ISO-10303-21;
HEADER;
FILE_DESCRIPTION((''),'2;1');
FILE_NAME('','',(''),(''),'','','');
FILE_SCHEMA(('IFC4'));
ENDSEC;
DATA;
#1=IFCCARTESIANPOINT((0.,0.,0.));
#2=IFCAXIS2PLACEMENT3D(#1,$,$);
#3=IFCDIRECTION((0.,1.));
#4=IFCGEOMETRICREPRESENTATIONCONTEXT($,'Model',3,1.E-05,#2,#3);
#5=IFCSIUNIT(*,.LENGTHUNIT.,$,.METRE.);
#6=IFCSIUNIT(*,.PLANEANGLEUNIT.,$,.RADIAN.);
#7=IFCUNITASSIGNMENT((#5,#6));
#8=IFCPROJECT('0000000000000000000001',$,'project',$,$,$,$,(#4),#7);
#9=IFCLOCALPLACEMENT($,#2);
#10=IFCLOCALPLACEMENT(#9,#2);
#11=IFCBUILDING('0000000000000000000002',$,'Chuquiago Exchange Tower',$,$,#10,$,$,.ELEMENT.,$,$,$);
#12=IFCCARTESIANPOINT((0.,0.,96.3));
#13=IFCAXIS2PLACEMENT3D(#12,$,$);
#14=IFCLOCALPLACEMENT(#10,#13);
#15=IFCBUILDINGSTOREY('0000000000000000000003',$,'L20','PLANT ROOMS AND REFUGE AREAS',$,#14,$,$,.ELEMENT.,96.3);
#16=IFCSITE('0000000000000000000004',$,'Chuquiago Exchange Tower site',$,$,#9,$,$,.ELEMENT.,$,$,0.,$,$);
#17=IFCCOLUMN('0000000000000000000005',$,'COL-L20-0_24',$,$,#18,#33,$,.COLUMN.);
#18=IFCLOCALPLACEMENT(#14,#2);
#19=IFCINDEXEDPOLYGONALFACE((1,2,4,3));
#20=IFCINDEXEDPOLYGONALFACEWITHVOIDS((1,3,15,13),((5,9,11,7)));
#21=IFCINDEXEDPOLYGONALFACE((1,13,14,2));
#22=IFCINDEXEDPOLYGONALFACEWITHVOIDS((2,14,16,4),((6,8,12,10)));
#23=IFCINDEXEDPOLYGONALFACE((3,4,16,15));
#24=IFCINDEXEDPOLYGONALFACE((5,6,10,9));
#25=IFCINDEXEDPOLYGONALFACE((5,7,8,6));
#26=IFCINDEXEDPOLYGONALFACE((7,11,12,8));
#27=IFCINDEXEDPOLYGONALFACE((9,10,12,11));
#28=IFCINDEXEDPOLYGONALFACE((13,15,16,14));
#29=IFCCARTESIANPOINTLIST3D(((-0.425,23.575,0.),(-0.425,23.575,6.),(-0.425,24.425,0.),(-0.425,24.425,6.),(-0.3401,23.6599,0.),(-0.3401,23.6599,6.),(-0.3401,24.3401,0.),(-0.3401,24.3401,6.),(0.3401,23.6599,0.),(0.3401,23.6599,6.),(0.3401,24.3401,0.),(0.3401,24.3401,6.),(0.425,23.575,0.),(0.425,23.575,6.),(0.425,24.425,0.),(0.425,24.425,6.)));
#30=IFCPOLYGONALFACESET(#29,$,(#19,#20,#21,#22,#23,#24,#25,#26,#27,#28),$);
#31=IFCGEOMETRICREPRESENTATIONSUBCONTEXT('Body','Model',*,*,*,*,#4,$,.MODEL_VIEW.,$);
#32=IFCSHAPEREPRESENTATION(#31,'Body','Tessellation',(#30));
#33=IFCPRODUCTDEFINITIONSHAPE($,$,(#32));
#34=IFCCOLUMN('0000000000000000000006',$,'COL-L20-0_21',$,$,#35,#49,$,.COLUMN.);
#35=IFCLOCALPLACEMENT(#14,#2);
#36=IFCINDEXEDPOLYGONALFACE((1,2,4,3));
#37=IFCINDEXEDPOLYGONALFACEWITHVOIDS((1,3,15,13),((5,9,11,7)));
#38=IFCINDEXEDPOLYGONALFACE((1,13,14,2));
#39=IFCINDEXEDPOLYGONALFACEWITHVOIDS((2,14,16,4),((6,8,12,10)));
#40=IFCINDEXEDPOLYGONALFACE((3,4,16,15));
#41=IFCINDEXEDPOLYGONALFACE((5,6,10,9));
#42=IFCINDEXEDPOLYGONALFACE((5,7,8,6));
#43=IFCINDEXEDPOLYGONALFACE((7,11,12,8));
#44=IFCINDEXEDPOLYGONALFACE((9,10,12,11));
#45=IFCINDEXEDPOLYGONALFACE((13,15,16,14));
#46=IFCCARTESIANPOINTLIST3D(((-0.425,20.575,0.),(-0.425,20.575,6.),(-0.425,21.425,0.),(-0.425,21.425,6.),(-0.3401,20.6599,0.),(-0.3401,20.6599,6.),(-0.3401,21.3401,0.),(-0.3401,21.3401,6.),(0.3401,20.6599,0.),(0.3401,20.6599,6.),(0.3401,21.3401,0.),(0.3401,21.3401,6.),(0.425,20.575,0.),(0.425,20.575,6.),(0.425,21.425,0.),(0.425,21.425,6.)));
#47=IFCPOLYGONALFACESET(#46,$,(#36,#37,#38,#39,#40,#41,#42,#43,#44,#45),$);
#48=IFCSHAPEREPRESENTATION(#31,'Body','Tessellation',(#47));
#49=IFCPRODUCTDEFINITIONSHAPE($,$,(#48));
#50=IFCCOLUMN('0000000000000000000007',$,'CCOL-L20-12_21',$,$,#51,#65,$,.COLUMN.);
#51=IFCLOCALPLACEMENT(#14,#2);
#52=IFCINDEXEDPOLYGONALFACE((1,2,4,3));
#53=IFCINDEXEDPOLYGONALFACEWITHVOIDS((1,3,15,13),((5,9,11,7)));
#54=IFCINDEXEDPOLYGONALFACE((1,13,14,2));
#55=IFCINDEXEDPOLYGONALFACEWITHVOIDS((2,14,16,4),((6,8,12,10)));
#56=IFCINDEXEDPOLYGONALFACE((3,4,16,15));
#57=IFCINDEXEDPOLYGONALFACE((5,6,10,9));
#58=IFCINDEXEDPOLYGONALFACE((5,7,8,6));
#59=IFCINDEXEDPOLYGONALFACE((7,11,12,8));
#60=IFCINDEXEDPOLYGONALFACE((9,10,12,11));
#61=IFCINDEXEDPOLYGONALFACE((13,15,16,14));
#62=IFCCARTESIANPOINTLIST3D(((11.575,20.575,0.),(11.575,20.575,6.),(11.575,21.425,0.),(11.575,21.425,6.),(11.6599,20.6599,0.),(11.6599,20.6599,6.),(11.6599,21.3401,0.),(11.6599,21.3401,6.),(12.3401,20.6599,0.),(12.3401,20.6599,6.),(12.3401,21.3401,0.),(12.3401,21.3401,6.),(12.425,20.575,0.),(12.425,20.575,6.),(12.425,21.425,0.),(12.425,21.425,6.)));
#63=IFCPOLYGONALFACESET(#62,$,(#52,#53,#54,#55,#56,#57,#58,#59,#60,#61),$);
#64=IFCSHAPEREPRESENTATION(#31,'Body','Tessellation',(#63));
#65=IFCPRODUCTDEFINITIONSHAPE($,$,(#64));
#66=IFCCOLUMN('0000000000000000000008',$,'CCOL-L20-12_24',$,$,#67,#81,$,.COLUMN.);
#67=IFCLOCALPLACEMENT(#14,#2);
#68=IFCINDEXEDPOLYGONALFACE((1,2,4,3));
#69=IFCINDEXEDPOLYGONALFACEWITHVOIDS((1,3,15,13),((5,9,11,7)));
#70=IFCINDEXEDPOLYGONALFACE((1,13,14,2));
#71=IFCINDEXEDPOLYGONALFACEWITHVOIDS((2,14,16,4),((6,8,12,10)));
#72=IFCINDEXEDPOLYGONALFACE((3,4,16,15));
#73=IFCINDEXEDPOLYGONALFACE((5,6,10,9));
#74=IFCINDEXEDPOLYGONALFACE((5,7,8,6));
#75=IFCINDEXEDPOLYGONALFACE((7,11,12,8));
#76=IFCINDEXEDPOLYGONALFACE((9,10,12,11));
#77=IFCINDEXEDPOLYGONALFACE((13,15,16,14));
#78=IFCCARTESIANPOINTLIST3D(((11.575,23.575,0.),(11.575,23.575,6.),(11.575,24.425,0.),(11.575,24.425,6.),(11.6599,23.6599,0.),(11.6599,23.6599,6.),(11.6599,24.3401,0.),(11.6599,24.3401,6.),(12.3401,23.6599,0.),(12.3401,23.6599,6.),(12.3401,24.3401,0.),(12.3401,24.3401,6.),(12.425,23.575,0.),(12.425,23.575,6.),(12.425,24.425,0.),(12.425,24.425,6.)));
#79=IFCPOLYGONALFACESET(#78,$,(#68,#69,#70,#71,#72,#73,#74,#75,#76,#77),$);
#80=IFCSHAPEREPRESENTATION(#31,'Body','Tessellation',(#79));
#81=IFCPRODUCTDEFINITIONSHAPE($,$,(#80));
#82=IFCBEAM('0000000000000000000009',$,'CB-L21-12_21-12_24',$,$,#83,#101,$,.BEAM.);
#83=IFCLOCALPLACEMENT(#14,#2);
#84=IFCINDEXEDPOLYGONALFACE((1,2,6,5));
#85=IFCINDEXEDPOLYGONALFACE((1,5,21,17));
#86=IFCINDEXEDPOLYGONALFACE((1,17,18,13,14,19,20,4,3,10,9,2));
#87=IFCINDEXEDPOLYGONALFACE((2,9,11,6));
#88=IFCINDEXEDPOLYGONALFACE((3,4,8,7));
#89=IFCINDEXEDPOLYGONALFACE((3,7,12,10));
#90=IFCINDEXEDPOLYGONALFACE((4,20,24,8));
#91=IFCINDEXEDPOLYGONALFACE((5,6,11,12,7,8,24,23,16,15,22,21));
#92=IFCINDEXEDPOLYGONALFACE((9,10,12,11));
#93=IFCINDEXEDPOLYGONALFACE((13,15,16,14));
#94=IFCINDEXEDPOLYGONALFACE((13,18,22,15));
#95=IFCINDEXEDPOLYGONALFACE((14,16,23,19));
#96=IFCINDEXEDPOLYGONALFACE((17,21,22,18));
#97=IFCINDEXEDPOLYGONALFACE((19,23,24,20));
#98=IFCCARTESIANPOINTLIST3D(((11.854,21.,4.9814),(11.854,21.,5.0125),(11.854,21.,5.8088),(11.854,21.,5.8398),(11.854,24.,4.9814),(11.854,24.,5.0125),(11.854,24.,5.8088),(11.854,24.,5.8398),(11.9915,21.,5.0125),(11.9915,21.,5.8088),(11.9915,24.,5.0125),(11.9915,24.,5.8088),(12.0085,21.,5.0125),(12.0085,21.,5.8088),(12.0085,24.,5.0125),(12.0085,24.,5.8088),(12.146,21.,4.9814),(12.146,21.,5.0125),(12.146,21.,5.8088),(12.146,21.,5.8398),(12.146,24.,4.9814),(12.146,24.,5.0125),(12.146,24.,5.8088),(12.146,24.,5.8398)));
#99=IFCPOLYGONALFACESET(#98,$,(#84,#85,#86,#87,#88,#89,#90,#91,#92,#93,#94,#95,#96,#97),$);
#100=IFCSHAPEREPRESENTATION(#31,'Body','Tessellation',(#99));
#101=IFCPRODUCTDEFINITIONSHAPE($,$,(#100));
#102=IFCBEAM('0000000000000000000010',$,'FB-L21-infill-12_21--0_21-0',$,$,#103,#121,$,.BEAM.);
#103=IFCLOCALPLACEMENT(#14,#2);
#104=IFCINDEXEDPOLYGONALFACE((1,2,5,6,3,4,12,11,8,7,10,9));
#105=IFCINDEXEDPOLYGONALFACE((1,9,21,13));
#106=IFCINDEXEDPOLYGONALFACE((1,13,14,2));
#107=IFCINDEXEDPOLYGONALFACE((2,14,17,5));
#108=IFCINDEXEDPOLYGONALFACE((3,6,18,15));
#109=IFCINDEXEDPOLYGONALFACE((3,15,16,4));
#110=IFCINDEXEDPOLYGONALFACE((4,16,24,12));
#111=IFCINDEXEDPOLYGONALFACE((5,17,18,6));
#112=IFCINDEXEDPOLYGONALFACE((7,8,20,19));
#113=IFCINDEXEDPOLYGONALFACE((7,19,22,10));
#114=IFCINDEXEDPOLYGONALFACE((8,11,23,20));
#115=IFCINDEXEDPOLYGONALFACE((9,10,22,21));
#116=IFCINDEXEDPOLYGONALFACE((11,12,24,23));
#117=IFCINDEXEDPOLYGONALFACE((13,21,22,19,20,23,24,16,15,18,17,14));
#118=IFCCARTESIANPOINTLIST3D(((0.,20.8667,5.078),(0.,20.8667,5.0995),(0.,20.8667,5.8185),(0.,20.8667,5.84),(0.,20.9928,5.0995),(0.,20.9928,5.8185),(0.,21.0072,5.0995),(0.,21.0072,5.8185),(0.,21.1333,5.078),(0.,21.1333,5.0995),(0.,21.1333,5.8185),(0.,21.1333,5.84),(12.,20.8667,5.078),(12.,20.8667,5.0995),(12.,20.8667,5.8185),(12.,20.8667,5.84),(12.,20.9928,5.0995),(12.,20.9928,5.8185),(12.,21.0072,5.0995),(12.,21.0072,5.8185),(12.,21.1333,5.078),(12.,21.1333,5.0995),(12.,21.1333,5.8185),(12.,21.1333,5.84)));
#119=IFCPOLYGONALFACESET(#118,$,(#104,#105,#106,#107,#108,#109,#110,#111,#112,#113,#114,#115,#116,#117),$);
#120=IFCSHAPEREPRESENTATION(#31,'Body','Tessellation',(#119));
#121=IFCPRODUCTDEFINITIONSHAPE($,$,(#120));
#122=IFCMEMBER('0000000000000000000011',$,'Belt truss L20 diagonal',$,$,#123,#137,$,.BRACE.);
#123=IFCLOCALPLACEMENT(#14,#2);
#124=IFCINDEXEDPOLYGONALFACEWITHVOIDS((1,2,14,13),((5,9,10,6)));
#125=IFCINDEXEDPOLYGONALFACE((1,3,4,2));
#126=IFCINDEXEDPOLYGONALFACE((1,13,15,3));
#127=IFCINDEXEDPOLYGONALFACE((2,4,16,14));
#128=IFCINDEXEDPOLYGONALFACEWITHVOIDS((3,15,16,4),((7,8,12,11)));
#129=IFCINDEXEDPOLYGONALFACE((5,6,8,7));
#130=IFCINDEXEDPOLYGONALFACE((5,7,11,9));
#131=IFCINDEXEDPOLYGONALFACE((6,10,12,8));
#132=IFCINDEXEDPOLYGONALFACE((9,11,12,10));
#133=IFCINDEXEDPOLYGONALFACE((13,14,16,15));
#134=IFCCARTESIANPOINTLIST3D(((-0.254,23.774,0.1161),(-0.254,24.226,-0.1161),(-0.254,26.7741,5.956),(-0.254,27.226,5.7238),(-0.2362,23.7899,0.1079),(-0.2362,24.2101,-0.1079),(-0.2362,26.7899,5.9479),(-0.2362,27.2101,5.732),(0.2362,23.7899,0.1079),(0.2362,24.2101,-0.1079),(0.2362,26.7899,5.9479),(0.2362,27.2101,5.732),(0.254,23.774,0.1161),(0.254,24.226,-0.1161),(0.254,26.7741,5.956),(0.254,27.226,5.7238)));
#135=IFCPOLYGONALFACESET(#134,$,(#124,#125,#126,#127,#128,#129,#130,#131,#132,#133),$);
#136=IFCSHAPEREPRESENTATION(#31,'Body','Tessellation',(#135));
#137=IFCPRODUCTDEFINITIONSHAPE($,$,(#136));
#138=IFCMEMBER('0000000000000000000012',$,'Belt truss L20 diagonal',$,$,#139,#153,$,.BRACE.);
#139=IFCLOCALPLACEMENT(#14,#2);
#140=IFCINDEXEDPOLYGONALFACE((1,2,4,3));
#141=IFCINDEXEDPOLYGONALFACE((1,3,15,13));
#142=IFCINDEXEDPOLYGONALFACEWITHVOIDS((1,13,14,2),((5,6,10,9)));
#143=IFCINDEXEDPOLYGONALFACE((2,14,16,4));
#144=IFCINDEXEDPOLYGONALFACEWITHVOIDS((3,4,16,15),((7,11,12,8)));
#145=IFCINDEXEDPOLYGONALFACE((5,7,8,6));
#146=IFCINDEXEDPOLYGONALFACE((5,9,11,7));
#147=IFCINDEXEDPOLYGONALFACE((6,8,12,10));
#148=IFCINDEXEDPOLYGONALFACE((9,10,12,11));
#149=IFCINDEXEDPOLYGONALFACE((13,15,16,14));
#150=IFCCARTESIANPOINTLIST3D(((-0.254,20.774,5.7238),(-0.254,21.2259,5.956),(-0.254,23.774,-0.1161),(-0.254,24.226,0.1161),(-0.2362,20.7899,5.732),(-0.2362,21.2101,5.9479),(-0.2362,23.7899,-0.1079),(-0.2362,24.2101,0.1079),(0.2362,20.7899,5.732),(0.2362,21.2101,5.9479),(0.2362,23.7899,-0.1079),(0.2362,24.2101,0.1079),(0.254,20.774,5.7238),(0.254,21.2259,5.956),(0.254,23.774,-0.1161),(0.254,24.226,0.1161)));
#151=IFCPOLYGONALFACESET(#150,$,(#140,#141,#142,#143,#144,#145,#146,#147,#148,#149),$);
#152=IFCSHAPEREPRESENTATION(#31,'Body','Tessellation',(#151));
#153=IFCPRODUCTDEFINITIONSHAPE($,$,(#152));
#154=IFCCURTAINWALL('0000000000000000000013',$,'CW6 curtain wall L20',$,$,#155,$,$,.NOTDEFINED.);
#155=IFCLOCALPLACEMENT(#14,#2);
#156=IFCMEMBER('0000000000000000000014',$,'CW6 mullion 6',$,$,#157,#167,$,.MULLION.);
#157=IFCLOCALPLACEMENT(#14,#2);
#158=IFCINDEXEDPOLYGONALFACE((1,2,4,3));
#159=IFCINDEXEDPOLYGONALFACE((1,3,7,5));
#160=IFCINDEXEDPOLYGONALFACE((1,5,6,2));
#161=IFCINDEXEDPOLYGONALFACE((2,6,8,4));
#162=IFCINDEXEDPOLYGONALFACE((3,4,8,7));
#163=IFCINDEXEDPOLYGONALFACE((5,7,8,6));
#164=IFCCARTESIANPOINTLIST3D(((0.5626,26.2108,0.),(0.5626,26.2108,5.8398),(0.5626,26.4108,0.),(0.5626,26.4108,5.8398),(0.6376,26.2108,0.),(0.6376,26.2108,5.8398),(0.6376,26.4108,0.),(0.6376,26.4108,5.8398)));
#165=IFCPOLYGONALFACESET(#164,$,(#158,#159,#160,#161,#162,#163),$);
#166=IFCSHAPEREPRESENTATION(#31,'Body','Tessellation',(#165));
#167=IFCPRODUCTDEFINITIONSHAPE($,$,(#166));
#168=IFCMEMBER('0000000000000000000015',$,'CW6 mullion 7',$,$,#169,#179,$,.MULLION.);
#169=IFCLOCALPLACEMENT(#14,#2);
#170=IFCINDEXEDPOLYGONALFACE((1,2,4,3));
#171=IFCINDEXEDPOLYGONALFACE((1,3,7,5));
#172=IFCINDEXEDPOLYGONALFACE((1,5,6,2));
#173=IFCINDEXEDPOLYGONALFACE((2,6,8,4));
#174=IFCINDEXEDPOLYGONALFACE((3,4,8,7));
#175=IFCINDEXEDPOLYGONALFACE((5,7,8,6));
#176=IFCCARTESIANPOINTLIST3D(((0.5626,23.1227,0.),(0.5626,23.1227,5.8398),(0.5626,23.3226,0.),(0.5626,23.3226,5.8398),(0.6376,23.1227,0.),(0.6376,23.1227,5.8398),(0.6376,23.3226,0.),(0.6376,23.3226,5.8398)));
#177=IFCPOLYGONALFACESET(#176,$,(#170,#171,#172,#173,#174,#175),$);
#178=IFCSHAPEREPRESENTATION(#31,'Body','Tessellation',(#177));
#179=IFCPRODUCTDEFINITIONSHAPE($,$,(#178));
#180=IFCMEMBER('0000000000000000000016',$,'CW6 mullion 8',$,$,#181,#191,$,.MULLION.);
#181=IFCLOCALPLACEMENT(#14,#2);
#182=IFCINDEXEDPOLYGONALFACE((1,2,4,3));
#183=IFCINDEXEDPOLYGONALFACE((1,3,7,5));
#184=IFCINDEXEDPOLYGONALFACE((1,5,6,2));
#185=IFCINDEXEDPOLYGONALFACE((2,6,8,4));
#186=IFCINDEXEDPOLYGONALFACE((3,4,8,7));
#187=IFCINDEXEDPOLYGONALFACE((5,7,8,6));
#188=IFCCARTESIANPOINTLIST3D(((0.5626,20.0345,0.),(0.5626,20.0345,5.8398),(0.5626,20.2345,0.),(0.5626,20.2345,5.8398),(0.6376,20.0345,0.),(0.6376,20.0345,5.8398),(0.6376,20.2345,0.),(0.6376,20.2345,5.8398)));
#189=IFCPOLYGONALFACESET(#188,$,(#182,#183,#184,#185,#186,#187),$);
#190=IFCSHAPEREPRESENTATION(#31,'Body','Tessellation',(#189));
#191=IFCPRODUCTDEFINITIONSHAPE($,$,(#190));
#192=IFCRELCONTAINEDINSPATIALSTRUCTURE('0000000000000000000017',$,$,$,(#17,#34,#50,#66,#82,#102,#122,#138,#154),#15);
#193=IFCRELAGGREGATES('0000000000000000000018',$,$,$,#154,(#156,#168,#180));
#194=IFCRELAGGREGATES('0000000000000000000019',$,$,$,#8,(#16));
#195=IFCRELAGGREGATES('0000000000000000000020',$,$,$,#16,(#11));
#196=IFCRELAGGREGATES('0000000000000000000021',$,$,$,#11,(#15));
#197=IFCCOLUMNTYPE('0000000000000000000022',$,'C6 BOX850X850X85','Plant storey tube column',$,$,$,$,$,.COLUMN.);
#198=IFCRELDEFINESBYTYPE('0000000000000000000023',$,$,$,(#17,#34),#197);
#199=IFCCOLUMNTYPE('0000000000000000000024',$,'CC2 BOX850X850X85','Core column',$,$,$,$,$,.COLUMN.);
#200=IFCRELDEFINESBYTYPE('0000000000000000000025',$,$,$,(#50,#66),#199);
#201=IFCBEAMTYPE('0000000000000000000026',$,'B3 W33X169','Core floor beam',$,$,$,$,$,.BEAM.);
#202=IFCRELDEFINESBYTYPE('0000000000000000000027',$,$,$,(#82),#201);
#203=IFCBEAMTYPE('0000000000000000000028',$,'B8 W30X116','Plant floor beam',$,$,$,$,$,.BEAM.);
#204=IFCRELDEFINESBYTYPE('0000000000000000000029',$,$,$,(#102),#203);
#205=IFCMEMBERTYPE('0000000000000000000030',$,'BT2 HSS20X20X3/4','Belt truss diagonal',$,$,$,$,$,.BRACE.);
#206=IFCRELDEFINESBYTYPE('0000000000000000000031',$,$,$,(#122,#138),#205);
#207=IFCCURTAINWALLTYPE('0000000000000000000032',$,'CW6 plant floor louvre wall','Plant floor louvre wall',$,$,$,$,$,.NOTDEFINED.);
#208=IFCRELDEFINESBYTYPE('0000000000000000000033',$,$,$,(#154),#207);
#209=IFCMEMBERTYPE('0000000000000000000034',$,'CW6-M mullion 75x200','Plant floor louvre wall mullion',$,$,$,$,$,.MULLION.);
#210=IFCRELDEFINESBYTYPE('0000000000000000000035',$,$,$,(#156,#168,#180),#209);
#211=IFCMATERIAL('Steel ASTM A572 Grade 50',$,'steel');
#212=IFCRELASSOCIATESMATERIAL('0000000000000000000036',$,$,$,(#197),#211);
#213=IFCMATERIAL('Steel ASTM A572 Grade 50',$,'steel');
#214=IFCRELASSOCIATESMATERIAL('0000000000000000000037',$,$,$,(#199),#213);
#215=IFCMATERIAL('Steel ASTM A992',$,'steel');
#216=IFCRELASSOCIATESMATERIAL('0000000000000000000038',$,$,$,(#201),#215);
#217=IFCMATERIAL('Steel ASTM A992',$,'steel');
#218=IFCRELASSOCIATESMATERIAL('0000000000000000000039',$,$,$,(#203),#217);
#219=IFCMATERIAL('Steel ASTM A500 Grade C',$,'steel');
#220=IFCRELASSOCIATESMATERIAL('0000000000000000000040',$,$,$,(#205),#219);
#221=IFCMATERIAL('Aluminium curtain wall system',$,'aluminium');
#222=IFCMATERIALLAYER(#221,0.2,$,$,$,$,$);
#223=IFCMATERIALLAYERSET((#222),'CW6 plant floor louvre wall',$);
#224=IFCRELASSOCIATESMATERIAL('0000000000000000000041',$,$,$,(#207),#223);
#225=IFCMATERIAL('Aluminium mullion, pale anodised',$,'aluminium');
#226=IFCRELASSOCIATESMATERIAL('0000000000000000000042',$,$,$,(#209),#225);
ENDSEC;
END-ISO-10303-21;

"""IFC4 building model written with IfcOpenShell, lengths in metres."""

from ifc_helpers import new_model, si_unit, direction, frame, origin, origin_2d, place, context, subcontext, project, spatial, rectangle, hollow_rectangle, i_section, extrude, material, layer, layer_set, material_profile, profile_set, type_object, element, aggregate, save


model = new_model("IFC4")

# Units and contexts
model_context = context("Model", 3, precision=1e-05, world=origin(), true_north=direction((0.0, 1.0)))
body_context = subcontext(model_context, "Body", "Model", "MODEL_VIEW")
ifc_project = project(units=[si_unit("LENGTHUNIT", "METRE"), si_unit("PLANEANGLEUNIT", "RADIAN")], contexts=[model_context])

# Site, building, storey
site_placement = place(None, origin())
site = spatial("IfcSite", under=ifc_project, at=site_placement, Name="Chuquiago Exchange Tower site", CompositionType="ELEMENT", RefElevation=0.0)
building_placement = place(site_placement, origin())
building = spatial("IfcBuilding", under=site, at=building_placement, Name="Chuquiago Exchange Tower", CompositionType="ELEMENT")
storey_placement = place(building_placement, frame((0.0, 0.0, 96.3)))
storey = spatial("IfcBuildingStorey", under=building, at=storey_placement, Name="L20", Description="PLANT ROOMS AND REFUGE AREAS", CompositionType="ELEMENT", Elevation=96.3)

# Columns
ifc_material_1 = material(Name="Steel ASTM A572 Grade 50", Category="steel")
ifc_material_profile_1 = material_profile(ifc_material_1, hollow_rectangle(XDim=0.8501, YDim=0.8501, WallThickness=0.085, at=origin_2d()), Name="BOX850X850X85")
ifc_profile_set_1 = profile_set([ifc_material_profile_1], Name="Steel ASTM A572 Grade 50")
column_type_1 = type_object("IfcColumnType", Name="C6 BOX850X850X85", Description="Plant storey tube column", PredefinedType="COLUMN", material=ifc_profile_set_1)
for number, where, z_axis, x_axis, name in (
    (1, (0.0, 24.0, 0.0), (0.0, 0.0, 1.0), (-1.0, 0.0, 0.0), "COL-L20-0_24"),
    (2, (0.0, 21.0, 0.0), (0.0, 0.0, 1.0), (-1.0, 0.0, 0.0), "COL-L20-0_21"),
):
    element("IfcColumn", number, at=place(storey_placement, frame(where, z_axis=z_axis, x_axis=x_axis)), inside=storey, type_object=column_type_1, Name=name, PredefinedType="COLUMN", context=body_context, shape_type="SweptSolid", body=[
        extrude(hollow_rectangle(XDim=0.8501, YDim=0.8501, WallThickness=0.085, at=origin_2d()), origin(), (0.0, 0.0, 1.0), 6.0),
    ])
ifc_material_2 = material(Name="Steel ASTM A572 Grade 50", Category="steel")
ifc_material_profile_2 = material_profile(ifc_material_2, hollow_rectangle(XDim=0.8501, YDim=0.8501, WallThickness=0.085, at=origin_2d()), Name="BOX850X850X85")
ifc_profile_set_2 = profile_set([ifc_material_profile_2], Name="Steel ASTM A572 Grade 50")
column_type_2 = type_object("IfcColumnType", Name="CC2 BOX850X850X85", Description="Core column", PredefinedType="COLUMN", material=ifc_profile_set_2)
for number, where, z_axis, x_axis, name in (
    (3, (12.0, 21.0, 0.0), (0.0, 0.0, 1.0), (1.0, 0.0, 0.0), "CCOL-L20-12_21"),
    (4, (12.0, 24.0, 0.0), (0.0, 0.0, 1.0), (1.0, 0.0, 0.0), "CCOL-L20-12_24"),
):
    element("IfcColumn", number, at=place(storey_placement, frame(where, z_axis=z_axis, x_axis=x_axis)), inside=storey, type_object=column_type_2, Name=name, PredefinedType="COLUMN", context=body_context, shape_type="SweptSolid", body=[
        extrude(hollow_rectangle(XDim=0.8501, YDim=0.8501, WallThickness=0.085, at=origin_2d()), origin(), (0.0, 0.0, 1.0), 6.0),
    ])

# Beams
ifc_material_3 = material(Name="Steel ASTM A992", Category="steel")
ifc_material_profile_3 = material_profile(ifc_material_3, i_section(OverallWidth=0.292, OverallDepth=0.8584, WebThickness=0.0171, FlangeThickness=0.031, at=origin_2d()), Name="W33X169")
ifc_profile_set_3 = profile_set([ifc_material_profile_3], Name="Steel ASTM A992")
beam_type_1 = type_object("IfcBeamType", Name="B3 W33X169", Description="Core floor beam", PredefinedType="BEAM", material=ifc_profile_set_3)
beam_1_placement = place(storey_placement, frame((12.0, 21.0, 5.4106), z_axis=(0.0, 1.0, 0.0), x_axis=(-1.0, 0.0, 0.0)))
element("IfcBeam", 5, at=beam_1_placement, inside=storey, type_object=beam_type_1, Name="CB-L21-12_21-12_24", PredefinedType="BEAM", context=body_context, shape_type="SweptSolid", body=[
    extrude(i_section(OverallWidth=0.292, OverallDepth=0.8584, WebThickness=0.0171, FlangeThickness=0.031, at=origin_2d()), origin(), (0.0, 0.0, 1.0), 3.0),
])
ifc_material_4 = material(Name="Steel ASTM A992", Category="steel")
ifc_material_profile_4 = material_profile(ifc_material_4, i_section(OverallWidth=0.2666, OverallDepth=0.762, WebThickness=0.0144, FlangeThickness=0.0215, at=origin_2d()), Name="W30X116")
ifc_profile_set_4 = profile_set([ifc_material_profile_4], Name="Steel ASTM A992")
beam_type_2 = type_object("IfcBeamType", Name="B8 W30X116", Description="Plant floor beam", PredefinedType="BEAM", material=ifc_profile_set_4)
beam_2_placement = place(storey_placement, frame((12.0, 21.0, 5.459), z_axis=(-1.0, 0.0, 0.0), x_axis=(0.0, -1.0, 0.0)))
element("IfcBeam", 6, at=beam_2_placement, inside=storey, type_object=beam_type_2, Name="FB-L21-infill-12_21--0_21-0", PredefinedType="BEAM", context=body_context, shape_type="SweptSolid", body=[
    extrude(i_section(OverallWidth=0.2666, OverallDepth=0.762, WebThickness=0.0144, FlangeThickness=0.0215, at=origin_2d()), origin(), (0.0, 0.0, 1.0), 12.0),
])

# Members
ifc_material_5 = material(Name="Steel ASTM A500 Grade C", Category="steel")
ifc_material_profile_5 = material_profile(ifc_material_5, hollow_rectangle(XDim=0.5081, YDim=0.5081, WallThickness=0.0178, at=origin_2d()), Name="HSS20X20X3/4")
ifc_profile_set_5 = profile_set([ifc_material_profile_5], Name="Steel ASTM A500 Grade C")
member_type_1 = type_object("IfcMemberType", Name="BT2 HSS20X20X3/4", Description="Belt truss diagonal", PredefinedType="BRACE", material=ifc_profile_set_5)
for number, where, z_axis, x_axis, name in (
    (7, (0.0, 24.0, 0.0), (0.0, 0.456945, 0.889495), (-1.0, 0.0, 0.0), "Belt truss L20 diagonal"),
    (8, (0.0, 24.0, 0.0), (0.0, -0.456945, 0.889495), (1.0, 0.0, 0.0), "Belt truss L20 diagonal"),
):
    element("IfcMember", number, at=place(storey_placement, frame(where, z_axis=z_axis, x_axis=x_axis)), inside=storey, type_object=member_type_1, Name=name, PredefinedType="BRACE", context=body_context, shape_type="SweptSolid", body=[
        extrude(hollow_rectangle(XDim=0.5081, YDim=0.5081, WallThickness=0.0178, at=origin_2d()), origin(), (0.0, 0.0, 1.0), 6.5654),
    ])

# Curtain wall, members
ifc_material_6 = material(Name="Aluminium curtain wall system", Category="aluminium")
ifc_layer_1 = layer(ifc_material_6, 0.2)
ifc_layer_set_1 = layer_set([ifc_layer_1], Name="CW6 plant floor louvre wall")
curtain_wall_type = type_object("IfcCurtainWallType", Name="CW6 plant floor louvre wall", Description="Plant floor louvre wall", PredefinedType="NOTDEFINED", material=ifc_layer_set_1)
curtain_wall_placement = place(storey_placement, origin())
curtain_wall = element("IfcCurtainWall", 9, at=curtain_wall_placement, inside=storey, type_object=curtain_wall_type, Name="CW6 curtain wall L20", PredefinedType="NOTDEFINED")
ifc_material_7 = material(Name="Aluminium mullion, pale anodised", Category="aluminium")
ifc_material_profile_6 = material_profile(ifc_material_7, rectangle(XDim=0.075, YDim=0.2, at=origin_2d()), Name="AL 75x200")
ifc_profile_set_6 = profile_set([ifc_material_profile_6], Name="Aluminium mullion, pale anodised")
member_type_2 = type_object("IfcMemberType", Name="CW6-M mullion 75x200", Description="Plant floor louvre wall mullion", PredefinedType="MULLION", material=ifc_profile_set_6)
member_1_placement = place(storey_placement, frame((0.6001, 26.3108, 0.0), z_axis=(0.0, 0.0, 1.0), x_axis=(1.0, 0.0, 0.0)))
member_1 = element("IfcMember", 10, at=member_1_placement, type_object=member_type_2, Name="CW6 mullion 6", PredefinedType="MULLION", context=body_context, shape_type="SweptSolid", body=[
    extrude(rectangle(XDim=0.075, YDim=0.2, at=origin_2d()), origin(), (0.0, 0.0, 1.0), 5.8398),
])
member_2_placement = place(storey_placement, frame((0.6001, 23.2227, 0.0), z_axis=(0.0, 0.0, 1.0), x_axis=(1.0, 0.0, 0.0)))
member_2 = element("IfcMember", 11, at=member_2_placement, type_object=member_type_2, Name="CW6 mullion 7", PredefinedType="MULLION", context=body_context, shape_type="SweptSolid", body=[
    extrude(rectangle(XDim=0.075, YDim=0.2, at=origin_2d()), origin(), (0.0, 0.0, 1.0), 5.8398),
])
member_3_placement = place(storey_placement, frame((0.6001, 20.1345, 0.0), z_axis=(0.0, 0.0, 1.0), x_axis=(1.0, 0.0, 0.0)))
member_3 = element("IfcMember", 12, at=member_3_placement, type_object=member_type_2, Name="CW6 mullion 8", PredefinedType="MULLION", context=body_context, shape_type="SweptSolid", body=[
    extrude(rectangle(XDim=0.075, YDim=0.2, at=origin_2d()), origin(), (0.0, 0.0, 1.0), 5.8398),
])

aggregate(curtain_wall, [member_1, member_2, member_3])

save(model, "model.ifc")
